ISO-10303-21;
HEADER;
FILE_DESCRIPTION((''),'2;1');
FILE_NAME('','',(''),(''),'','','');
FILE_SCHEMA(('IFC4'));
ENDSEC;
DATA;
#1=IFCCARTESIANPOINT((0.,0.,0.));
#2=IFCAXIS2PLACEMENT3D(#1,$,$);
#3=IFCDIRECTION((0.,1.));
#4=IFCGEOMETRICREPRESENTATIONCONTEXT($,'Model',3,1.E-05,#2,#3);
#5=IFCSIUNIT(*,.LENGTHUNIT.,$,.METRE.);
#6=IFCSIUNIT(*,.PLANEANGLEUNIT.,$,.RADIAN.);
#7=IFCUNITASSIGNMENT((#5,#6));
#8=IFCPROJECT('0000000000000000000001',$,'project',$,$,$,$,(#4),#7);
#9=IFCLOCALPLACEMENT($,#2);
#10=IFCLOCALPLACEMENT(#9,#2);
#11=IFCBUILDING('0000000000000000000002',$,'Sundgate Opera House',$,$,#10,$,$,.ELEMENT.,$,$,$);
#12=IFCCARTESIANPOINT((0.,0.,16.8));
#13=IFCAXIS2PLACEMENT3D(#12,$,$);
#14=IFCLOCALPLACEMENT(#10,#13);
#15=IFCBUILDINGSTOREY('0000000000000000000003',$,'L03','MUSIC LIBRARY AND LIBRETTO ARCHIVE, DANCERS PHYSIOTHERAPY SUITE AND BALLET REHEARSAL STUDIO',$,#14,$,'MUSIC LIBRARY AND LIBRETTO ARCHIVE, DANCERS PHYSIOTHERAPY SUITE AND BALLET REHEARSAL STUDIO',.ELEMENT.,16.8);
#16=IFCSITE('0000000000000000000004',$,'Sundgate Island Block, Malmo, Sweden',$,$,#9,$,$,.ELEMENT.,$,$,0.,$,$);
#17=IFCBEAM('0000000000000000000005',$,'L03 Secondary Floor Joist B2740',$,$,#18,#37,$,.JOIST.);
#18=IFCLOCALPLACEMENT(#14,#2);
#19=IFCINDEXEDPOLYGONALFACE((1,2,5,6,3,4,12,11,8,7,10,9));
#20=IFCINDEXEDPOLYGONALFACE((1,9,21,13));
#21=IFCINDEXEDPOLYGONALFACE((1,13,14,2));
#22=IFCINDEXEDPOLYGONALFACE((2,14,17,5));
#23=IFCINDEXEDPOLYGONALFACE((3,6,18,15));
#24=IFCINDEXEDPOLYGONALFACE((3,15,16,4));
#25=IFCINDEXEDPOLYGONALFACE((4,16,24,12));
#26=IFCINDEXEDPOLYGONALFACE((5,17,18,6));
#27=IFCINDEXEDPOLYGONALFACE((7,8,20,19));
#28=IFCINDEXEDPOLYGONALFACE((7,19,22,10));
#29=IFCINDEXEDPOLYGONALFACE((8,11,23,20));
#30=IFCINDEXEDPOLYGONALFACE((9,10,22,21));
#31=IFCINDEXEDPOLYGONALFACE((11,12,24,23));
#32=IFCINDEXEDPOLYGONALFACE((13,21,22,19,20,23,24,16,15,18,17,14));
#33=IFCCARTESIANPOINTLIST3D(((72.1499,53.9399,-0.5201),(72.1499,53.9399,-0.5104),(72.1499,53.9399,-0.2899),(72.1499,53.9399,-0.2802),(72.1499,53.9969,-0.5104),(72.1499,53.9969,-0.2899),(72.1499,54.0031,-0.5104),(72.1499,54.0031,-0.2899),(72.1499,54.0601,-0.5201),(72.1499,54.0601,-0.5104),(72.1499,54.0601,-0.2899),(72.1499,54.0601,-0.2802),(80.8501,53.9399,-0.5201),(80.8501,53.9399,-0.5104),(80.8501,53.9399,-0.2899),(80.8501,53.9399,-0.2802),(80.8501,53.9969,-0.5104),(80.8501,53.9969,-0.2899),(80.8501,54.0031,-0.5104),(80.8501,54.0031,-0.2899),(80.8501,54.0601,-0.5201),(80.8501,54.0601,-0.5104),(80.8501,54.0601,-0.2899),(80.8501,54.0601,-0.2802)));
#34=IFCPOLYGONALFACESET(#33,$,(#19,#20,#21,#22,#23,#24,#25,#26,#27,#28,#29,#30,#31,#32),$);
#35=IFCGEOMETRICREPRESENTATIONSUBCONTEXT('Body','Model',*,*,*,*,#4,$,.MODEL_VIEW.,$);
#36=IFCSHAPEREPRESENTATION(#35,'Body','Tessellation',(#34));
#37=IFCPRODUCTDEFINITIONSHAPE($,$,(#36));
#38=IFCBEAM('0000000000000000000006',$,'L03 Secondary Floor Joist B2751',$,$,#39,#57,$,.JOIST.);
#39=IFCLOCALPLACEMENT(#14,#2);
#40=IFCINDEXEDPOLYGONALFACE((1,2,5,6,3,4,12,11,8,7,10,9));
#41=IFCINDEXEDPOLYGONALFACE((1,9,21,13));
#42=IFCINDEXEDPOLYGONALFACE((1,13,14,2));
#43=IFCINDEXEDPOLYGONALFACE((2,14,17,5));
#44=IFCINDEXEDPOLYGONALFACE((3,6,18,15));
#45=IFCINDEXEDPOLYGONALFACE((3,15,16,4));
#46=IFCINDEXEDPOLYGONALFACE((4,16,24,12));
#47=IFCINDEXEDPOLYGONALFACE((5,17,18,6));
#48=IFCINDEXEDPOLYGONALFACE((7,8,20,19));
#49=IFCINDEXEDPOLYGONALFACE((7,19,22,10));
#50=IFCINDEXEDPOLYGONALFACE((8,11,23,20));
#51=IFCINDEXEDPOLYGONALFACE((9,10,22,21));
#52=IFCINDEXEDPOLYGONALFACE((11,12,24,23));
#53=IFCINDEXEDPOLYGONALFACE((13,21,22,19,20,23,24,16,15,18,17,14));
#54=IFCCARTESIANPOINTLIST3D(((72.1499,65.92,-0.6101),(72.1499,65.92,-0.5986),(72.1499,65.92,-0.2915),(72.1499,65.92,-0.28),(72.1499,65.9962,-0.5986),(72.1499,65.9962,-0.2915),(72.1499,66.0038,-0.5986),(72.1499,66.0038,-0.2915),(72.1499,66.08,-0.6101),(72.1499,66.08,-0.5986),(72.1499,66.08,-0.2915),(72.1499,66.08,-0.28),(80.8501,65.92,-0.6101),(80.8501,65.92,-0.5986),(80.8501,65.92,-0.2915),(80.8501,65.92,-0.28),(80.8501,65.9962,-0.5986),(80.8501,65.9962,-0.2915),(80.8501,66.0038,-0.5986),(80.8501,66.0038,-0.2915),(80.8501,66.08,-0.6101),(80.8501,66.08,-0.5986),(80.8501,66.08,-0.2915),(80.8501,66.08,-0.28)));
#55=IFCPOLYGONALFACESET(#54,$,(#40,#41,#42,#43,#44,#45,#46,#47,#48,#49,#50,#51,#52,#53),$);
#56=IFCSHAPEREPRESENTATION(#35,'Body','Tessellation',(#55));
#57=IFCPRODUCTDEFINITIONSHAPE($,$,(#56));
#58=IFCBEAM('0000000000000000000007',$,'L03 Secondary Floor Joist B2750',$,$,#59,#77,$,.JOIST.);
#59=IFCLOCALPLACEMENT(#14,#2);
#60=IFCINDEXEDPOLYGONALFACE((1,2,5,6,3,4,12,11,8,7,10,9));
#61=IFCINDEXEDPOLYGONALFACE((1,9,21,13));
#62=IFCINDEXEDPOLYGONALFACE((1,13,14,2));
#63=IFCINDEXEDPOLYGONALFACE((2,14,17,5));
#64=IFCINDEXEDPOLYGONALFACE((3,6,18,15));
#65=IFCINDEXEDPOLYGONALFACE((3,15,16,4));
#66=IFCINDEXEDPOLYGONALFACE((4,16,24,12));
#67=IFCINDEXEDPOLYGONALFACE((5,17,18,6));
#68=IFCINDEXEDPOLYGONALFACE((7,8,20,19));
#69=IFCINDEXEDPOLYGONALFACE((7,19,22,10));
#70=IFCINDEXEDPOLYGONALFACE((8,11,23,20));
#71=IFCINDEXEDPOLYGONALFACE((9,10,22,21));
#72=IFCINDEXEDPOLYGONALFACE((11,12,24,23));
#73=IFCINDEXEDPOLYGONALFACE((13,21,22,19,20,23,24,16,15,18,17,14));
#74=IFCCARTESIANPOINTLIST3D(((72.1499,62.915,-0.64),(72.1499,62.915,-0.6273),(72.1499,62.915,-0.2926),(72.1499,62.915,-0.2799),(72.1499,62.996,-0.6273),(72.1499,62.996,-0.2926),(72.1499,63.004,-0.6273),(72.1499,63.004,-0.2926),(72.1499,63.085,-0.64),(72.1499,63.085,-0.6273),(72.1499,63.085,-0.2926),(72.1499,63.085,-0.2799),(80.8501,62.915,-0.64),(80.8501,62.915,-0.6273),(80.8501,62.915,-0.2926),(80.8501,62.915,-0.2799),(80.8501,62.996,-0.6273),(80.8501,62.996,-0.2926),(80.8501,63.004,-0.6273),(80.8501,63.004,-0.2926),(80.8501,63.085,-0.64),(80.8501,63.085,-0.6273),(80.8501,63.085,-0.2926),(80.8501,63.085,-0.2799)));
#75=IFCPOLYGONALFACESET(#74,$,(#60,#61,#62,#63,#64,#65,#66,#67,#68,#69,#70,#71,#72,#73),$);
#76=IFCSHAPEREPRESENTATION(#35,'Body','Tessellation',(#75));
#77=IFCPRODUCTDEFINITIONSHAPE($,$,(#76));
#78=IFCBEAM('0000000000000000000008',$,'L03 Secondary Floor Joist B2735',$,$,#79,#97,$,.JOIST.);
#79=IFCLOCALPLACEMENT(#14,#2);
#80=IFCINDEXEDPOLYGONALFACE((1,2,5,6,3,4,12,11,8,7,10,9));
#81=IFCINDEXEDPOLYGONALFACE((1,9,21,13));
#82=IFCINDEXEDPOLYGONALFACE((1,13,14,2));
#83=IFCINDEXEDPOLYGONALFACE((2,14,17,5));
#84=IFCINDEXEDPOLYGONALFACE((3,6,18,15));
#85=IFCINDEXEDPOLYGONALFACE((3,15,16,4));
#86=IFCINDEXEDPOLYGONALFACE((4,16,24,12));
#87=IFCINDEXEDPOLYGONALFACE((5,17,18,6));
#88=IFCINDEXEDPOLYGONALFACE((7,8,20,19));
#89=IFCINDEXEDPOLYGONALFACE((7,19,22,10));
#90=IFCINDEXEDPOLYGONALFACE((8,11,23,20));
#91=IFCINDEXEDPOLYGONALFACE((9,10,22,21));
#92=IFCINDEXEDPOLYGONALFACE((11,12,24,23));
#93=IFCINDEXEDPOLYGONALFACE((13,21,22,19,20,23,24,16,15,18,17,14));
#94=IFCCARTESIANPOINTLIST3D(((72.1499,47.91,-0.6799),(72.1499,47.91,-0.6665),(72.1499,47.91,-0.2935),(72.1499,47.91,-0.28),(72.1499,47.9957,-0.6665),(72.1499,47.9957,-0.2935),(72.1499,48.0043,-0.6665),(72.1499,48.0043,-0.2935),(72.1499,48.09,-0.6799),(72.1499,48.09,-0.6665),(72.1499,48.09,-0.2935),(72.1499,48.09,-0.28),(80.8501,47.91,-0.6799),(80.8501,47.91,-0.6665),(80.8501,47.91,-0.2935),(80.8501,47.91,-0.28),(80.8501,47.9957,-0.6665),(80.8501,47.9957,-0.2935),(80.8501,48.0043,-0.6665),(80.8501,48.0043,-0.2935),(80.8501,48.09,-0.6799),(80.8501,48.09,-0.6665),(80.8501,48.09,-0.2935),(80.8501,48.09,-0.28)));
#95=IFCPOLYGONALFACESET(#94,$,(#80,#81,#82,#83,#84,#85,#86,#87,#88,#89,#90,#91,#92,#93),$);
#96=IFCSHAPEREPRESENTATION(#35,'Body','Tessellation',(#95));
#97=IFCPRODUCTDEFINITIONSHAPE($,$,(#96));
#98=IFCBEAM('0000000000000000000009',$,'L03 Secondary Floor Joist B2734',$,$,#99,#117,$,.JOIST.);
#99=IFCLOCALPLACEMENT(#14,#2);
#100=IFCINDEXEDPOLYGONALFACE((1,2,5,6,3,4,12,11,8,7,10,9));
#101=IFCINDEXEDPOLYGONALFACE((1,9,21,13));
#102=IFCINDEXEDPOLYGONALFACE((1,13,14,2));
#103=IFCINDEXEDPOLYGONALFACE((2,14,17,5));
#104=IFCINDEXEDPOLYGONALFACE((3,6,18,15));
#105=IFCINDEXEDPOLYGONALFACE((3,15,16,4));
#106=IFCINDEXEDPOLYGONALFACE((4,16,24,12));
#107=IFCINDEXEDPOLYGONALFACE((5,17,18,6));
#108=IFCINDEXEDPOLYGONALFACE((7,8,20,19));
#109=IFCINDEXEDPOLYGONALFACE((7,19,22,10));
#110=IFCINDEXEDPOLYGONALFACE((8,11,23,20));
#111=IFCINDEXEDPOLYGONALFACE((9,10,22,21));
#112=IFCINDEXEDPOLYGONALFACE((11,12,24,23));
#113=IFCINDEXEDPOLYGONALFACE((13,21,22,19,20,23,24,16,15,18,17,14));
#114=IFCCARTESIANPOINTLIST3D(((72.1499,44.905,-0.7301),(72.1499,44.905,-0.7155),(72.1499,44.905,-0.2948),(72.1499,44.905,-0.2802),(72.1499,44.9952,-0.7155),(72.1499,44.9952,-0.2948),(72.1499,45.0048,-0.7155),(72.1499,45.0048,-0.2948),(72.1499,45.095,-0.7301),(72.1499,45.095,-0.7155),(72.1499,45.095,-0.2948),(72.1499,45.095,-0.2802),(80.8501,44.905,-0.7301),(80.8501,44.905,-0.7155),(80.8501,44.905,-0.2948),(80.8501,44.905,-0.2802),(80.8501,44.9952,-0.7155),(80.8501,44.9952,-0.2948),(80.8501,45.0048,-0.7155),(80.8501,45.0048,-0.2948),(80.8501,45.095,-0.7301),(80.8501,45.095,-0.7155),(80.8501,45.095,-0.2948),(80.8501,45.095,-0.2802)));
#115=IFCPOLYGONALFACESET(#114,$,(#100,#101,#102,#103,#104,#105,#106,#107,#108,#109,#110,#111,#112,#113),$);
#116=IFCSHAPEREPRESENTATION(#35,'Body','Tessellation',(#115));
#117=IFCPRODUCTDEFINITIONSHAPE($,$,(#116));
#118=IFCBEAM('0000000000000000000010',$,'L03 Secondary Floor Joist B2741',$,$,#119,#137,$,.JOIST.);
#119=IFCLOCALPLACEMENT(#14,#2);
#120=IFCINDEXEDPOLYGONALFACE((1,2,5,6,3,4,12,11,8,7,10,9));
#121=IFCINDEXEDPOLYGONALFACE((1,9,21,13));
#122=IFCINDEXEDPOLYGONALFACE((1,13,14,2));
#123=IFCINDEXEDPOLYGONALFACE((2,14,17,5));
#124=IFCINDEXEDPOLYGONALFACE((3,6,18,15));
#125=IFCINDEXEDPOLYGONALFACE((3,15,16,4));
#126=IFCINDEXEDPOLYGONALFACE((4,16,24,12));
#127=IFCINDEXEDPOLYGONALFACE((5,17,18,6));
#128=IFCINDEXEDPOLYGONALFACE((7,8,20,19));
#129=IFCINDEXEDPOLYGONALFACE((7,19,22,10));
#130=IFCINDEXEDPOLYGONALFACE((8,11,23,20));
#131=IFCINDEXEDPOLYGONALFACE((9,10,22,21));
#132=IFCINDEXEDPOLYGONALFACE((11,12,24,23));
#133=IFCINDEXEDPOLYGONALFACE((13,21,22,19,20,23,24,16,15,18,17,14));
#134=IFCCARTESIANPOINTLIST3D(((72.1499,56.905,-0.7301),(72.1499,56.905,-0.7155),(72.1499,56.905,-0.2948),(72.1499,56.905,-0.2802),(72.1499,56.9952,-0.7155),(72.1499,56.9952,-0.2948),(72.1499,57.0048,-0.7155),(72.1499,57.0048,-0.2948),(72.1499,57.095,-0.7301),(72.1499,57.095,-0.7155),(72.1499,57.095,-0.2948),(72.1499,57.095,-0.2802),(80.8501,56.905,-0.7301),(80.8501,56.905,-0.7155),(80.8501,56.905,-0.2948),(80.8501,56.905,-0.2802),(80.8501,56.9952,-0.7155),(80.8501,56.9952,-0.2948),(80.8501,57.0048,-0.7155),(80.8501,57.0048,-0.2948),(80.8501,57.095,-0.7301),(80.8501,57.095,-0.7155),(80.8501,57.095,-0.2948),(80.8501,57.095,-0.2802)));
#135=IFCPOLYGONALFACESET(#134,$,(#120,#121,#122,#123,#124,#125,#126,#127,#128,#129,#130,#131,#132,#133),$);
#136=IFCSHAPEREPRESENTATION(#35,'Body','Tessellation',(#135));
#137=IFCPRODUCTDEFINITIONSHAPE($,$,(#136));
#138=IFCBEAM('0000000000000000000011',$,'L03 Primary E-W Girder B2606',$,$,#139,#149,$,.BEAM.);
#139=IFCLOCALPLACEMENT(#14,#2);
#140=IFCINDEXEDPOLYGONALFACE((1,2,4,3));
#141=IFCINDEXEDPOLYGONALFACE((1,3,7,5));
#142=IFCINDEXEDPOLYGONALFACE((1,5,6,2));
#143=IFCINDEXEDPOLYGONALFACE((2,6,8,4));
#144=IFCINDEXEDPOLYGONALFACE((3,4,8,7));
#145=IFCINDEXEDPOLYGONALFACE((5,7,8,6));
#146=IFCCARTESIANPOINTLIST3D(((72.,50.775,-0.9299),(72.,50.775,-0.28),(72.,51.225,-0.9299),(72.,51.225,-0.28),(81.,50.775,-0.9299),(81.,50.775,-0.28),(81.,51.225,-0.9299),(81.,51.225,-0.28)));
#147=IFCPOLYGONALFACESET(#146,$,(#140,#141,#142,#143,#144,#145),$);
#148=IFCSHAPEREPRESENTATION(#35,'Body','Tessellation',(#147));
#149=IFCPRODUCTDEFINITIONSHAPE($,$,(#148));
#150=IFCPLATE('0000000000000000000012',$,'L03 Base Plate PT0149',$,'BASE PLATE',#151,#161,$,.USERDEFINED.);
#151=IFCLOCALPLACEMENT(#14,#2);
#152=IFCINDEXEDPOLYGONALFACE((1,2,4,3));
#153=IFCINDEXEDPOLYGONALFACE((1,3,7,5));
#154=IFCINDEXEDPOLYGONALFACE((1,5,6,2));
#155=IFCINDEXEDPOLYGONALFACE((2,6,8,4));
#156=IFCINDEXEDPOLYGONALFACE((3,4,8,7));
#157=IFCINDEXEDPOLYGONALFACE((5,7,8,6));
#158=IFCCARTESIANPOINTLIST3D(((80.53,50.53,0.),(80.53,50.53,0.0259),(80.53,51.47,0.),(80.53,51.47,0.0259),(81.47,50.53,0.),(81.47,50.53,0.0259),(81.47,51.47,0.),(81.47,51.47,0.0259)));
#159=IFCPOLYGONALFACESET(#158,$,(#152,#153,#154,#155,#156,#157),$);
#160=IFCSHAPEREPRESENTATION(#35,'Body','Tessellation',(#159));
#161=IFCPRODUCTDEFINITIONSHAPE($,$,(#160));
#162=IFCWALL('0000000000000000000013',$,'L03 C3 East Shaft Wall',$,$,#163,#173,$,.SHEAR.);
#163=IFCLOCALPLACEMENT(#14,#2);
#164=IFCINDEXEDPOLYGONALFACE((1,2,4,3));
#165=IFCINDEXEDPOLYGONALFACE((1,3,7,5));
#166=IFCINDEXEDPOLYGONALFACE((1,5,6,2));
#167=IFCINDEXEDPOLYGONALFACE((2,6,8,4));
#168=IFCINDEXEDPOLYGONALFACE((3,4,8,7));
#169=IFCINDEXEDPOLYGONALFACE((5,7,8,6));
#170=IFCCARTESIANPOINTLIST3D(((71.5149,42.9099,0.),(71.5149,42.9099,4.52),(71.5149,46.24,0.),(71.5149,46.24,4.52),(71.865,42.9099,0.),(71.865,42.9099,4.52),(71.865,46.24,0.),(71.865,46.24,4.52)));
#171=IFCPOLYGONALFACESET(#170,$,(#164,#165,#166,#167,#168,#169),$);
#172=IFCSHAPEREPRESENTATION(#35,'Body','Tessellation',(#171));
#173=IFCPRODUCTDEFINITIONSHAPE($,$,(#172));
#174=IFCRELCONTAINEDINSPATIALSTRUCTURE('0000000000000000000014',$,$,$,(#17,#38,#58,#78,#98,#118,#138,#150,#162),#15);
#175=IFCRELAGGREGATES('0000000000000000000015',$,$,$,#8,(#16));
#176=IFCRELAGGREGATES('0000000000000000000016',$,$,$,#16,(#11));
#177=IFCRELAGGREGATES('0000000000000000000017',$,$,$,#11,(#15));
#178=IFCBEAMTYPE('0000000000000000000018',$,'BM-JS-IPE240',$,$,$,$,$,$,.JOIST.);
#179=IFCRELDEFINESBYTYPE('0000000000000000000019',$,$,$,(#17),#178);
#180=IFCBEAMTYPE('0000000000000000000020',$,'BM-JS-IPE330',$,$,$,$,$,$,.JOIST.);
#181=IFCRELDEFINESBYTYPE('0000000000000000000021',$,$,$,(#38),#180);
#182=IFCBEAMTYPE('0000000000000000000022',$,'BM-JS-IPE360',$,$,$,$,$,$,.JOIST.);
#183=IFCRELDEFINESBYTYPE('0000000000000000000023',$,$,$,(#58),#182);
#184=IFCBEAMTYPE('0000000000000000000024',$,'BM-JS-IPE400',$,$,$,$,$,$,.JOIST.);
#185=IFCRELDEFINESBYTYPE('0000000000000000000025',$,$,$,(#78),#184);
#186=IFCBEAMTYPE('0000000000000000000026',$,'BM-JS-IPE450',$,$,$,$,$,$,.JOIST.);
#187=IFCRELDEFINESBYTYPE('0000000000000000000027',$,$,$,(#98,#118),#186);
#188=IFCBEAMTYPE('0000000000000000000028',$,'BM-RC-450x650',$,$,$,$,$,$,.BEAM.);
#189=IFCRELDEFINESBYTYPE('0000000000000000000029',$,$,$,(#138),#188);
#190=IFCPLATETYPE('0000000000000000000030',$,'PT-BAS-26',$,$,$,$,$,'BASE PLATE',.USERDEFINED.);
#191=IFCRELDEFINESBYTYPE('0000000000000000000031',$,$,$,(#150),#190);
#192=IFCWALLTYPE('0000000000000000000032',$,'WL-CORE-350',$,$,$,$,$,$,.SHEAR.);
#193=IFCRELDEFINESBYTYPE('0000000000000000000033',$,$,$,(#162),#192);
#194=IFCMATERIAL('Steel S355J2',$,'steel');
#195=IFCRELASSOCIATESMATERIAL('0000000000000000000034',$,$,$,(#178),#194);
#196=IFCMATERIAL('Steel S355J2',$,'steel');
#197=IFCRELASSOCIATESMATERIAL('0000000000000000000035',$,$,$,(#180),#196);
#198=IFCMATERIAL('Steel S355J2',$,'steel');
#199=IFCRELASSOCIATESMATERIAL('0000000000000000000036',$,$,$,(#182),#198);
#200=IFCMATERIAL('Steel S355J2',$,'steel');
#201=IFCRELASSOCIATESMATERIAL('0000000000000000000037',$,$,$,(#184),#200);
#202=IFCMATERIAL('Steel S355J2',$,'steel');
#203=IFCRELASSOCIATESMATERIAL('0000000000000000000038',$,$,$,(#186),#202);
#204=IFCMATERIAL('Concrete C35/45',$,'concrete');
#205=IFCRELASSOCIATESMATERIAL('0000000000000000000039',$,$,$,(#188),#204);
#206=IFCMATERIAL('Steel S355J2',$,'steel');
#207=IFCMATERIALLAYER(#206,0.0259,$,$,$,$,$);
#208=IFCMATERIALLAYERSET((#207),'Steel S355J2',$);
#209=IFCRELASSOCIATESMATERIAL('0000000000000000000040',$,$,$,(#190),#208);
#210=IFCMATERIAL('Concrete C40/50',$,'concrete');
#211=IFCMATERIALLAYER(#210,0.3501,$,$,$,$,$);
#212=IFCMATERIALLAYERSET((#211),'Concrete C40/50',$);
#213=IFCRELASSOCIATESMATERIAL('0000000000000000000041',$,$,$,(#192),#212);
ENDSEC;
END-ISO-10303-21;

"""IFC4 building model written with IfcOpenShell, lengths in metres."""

from ifc_helpers import new_model, si_unit, direction, frame, frame_2d, origin, origin_2d, place, context, subcontext, project, spatial, rectangle, i_section, extrude, material, layer, layer_set, material_profile, profile_set, type_object, element, save


model = new_model("IFC4")

# Units and contexts
model_context = context("Model", 3, precision=1e-05, world=origin(), true_north=direction((0.0, 1.0)))
body_context = subcontext(model_context, "Body", "Model", "MODEL_VIEW")
ifc_project = project(units=[si_unit("LENGTHUNIT", "METRE"), si_unit("PLANEANGLEUNIT", "RADIAN")], contexts=[model_context])

# Site, building, storey
site_placement = place(None, origin())
site = spatial("IfcSite", under=ifc_project, at=site_placement, Name="Sundgate Island Block, Malmo, Sweden", CompositionType="ELEMENT", RefElevation=0.0)
building_placement = place(site_placement, origin())
building = spatial("IfcBuilding", under=site, at=building_placement, Name="Sundgate Opera House", CompositionType="ELEMENT")
storey_placement = place(building_placement, frame((0.0, 0.0, 16.8)))
storey = spatial("IfcBuildingStorey", under=building, at=storey_placement, Name="L03", Description="MUSIC LIBRARY AND LIBRETTO ARCHIVE, DANCERS PHYSIOTHERAPY SUITE AND BALLET REHEARSAL STUDIO", LongName="MUSIC LIBRARY AND LIBRETTO ARCHIVE, DANCERS PHYSIOTHERAPY SUITE AND BALLET REHEARSAL STUDIO", CompositionType="ELEMENT", Elevation=16.8)

# Beams
ifc_material_1 = material(Name="Steel S355J2", Category="steel")
ifc_material_profile_1 = material_profile(ifc_material_1, i_section(OverallWidth=0.1201, OverallDepth=0.24, WebThickness=0.0061, FlangeThickness=0.0098, at=origin_2d()), Name="IPE 240")
ifc_profile_set_1 = profile_set([ifc_material_profile_1], Name="Steel S355J2")
beam_type_1 = type_object("IfcBeamType", Name="BM-JS-IPE240", PredefinedType="JOIST", material=ifc_profile_set_1)
beam_1_placement = place(storey_placement, frame((72.1499, 54.0, -0.4001), z_axis=(1.0, 0.0, 0.0), x_axis=(0.0, 1.0, 0.0)))
element("IfcBeam", 1, at=beam_1_placement, inside=storey, type_object=beam_type_1, Name="L03 Secondary Floor Joist B2740", PredefinedType="JOIST", context=body_context, shape_type="SweptSolid", body=[
    extrude(i_section(OverallWidth=0.1201, OverallDepth=0.24, WebThickness=0.0061, FlangeThickness=0.0098, at=origin_2d()), origin(), (0.0, 0.0, 1.0), 8.7002),
])
ifc_material_2 = material(Name="Steel S355J2", Category="steel")
ifc_material_profile_2 = material_profile(ifc_material_2, i_section(OverallWidth=0.1599, OverallDepth=0.3301, WebThickness=0.0076, FlangeThickness=0.0115, at=origin_2d()), Name="IPE 330")
ifc_profile_set_2 = profile_set([ifc_material_profile_2], Name="Steel S355J2")
beam_type_2 = type_object("IfcBeamType", Name="BM-JS-IPE330", PredefinedType="JOIST", material=ifc_profile_set_2)
beam_2_placement = place(storey_placement, frame((72.1499, 66.0, -0.4451), z_axis=(1.0, 0.0, 0.0), x_axis=(0.0, 1.0, 0.0)))
element("IfcBeam", 2, at=beam_2_placement, inside=storey, type_object=beam_type_2, Name="L03 Secondary Floor Joist B2751", PredefinedType="JOIST", context=body_context, shape_type="SweptSolid", body=[
    extrude(i_section(OverallWidth=0.1599, OverallDepth=0.3301, WebThickness=0.0076, FlangeThickness=0.0115, at=origin_2d()), origin(), (0.0, 0.0, 1.0), 8.7002),
])
ifc_material_3 = material(Name="Steel S355J2", Category="steel")
ifc_material_profile_3 = material_profile(ifc_material_3, i_section(OverallWidth=0.1699, OverallDepth=0.3601, WebThickness=0.0081, FlangeThickness=0.0127, at=origin_2d()), Name="IPE 360")
ifc_profile_set_3 = profile_set([ifc_material_profile_3], Name="Steel S355J2")
beam_type_3 = type_object("IfcBeamType", Name="BM-JS-IPE360", PredefinedType="JOIST", material=ifc_profile_set_3)
beam_3_placement = place(storey_placement, frame((72.1499, 63.0, -0.46), z_axis=(1.0, 0.0, 0.0), x_axis=(0.0, 1.0, 0.0)))
element("IfcBeam", 3, at=beam_3_placement, inside=storey, type_object=beam_type_3, Name="L03 Secondary Floor Joist B2750", PredefinedType="JOIST", context=body_context, shape_type="SweptSolid", body=[
    extrude(i_section(OverallWidth=0.1699, OverallDepth=0.3601, WebThickness=0.0081, FlangeThickness=0.0127, at=origin_2d()), origin(), (0.0, 0.0, 1.0), 8.7002),
])
ifc_material_4 = material(Name="Steel S355J2", Category="steel")
ifc_material_profile_4 = material_profile(ifc_material_4, i_section(OverallWidth=0.1799, OverallDepth=0.3999, WebThickness=0.0085, FlangeThickness=0.0134, at=origin_2d()), Name="IPE 400")
ifc_profile_set_4 = profile_set([ifc_material_profile_4], Name="Steel S355J2")
beam_type_4 = type_object("IfcBeamType", Name="BM-JS-IPE400", PredefinedType="JOIST", material=ifc_profile_set_4)
beam_4_placement = place(storey_placement, frame((72.1499, 48.0, -0.48), z_axis=(1.0, 0.0, 0.0), x_axis=(0.0, 1.0, 0.0)))
element("IfcBeam", 4, at=beam_4_placement, inside=storey, type_object=beam_type_4, Name="L03 Secondary Floor Joist B2735", PredefinedType="JOIST", context=body_context, shape_type="SweptSolid", body=[
    extrude(i_section(OverallWidth=0.1799, OverallDepth=0.3999, WebThickness=0.0085, FlangeThickness=0.0134, at=origin_2d()), origin(), (0.0, 0.0, 1.0), 8.7002),
])
ifc_material_5 = material(Name="Steel S355J2", Category="steel")
ifc_material_profile_5 = material_profile(ifc_material_5, i_section(OverallWidth=0.1899, OverallDepth=0.45, WebThickness=0.0095, FlangeThickness=0.0146, at=origin_2d()), Name="IPE 450")
ifc_profile_set_5 = profile_set([ifc_material_profile_5], Name="Steel S355J2")
beam_type_5 = type_object("IfcBeamType", Name="BM-JS-IPE450", PredefinedType="JOIST", material=ifc_profile_set_5)
for number, where, z_axis, x_axis, name in (
    (5, (72.1499, 45.0, -0.5051), (1.0, 0.0, 0.0), (0.0, 1.0, 0.0), "L03 Secondary Floor Joist B2734"),
    (6, (72.1499, 57.0, -0.5051), (1.0, 0.0, 0.0), (0.0, 1.0, 0.0), "L03 Secondary Floor Joist B2741"),
):
    element("IfcBeam", number, at=place(storey_placement, frame(where, z_axis=z_axis, x_axis=x_axis)), inside=storey, type_object=beam_type_5, Name=name, PredefinedType="JOIST", context=body_context, shape_type="SweptSolid", body=[
        extrude(i_section(OverallWidth=0.1899, OverallDepth=0.45, WebThickness=0.0095, FlangeThickness=0.0146, at=origin_2d()), origin(), (0.0, 0.0, 1.0), 8.7002),
    ])
ifc_material_6 = material(Name="Concrete C35/45", Category="concrete")
ifc_material_profile_6 = material_profile(ifc_material_6, rectangle(XDim=0.45, YDim=0.6499, at=origin_2d()), Name="RC 450x650")
ifc_profile_set_6 = profile_set([ifc_material_profile_6], Name="Concrete C35/45")
beam_type_6 = type_object("IfcBeamType", Name="BM-RC-450x650", PredefinedType="BEAM", material=ifc_profile_set_6)
beam_5_placement = place(storey_placement, frame((72.0, 51.0, -0.605), z_axis=(1.0, 0.0, 0.0), x_axis=(0.0, 1.0, 0.0)))
element("IfcBeam", 7, at=beam_5_placement, inside=storey, type_object=beam_type_6, Name="L03 Primary E-W Girder B2606", PredefinedType="BEAM", context=body_context, shape_type="SweptSolid", body=[
    extrude(rectangle(XDim=0.45, YDim=0.6499, at=origin_2d()), origin(), (0.0, 0.0, 1.0), 9.0),
])

# Plate
ifc_material_7 = material(Name="Steel S355J2", Category="steel")
ifc_layer_1 = layer(ifc_material_7, 0.0259)
ifc_layer_set_1 = layer_set([ifc_layer_1], Name="Steel S355J2")
plate_type = type_object("IfcPlateType", Name="PT-BAS-26", ElementType="BASE PLATE", PredefinedType="USERDEFINED", material=ifc_layer_set_1)
plate_placement = place(storey_placement, frame((81.0, 51.0, 0.0), z_axis=(0.0, 0.0, 1.0), x_axis=(1.0, 0.0, 0.0)))
element("IfcPlate", 8, at=plate_placement, inside=storey, type_object=plate_type, Name="L03 Base Plate PT0149", ObjectType="BASE PLATE", PredefinedType="USERDEFINED", context=body_context, shape_type="SweptSolid", body=[
    extrude(rectangle(XDim=0.9399, YDim=0.9399, at=origin_2d()), origin(), (0.0, 0.0, 1.0), 0.0259),
])

# Wall
ifc_material_8 = material(Name="Concrete C40/50", Category="concrete")
ifc_layer_2 = layer(ifc_material_8, 0.3501)
ifc_layer_set_2 = layer_set([ifc_layer_2], Name="Concrete C40/50")
wall_type_1 = type_object("IfcWallType", Name="WL-CORE-350", PredefinedType="SHEAR", material=ifc_layer_set_2)
wall_1_placement = place(storey_placement, frame((71.6899, 42.9099, 0.0), z_axis=(0.0, 0.0, 1.0), x_axis=(0.0, 1.0, 0.0)))
element("IfcWall", 9, at=wall_1_placement, inside=storey, type_object=wall_type_1, Name="L03 C3 East Shaft Wall", PredefinedType="SHEAR", context=body_context, shape_type="SweptSolid", body=[
    extrude(rectangle(XDim=3.3301, YDim=0.3501, at=frame_2d((1.665, 0.0))), origin(), (0.0, 0.0, 1.0), 4.52),
])

save(model, "model.ifc")
